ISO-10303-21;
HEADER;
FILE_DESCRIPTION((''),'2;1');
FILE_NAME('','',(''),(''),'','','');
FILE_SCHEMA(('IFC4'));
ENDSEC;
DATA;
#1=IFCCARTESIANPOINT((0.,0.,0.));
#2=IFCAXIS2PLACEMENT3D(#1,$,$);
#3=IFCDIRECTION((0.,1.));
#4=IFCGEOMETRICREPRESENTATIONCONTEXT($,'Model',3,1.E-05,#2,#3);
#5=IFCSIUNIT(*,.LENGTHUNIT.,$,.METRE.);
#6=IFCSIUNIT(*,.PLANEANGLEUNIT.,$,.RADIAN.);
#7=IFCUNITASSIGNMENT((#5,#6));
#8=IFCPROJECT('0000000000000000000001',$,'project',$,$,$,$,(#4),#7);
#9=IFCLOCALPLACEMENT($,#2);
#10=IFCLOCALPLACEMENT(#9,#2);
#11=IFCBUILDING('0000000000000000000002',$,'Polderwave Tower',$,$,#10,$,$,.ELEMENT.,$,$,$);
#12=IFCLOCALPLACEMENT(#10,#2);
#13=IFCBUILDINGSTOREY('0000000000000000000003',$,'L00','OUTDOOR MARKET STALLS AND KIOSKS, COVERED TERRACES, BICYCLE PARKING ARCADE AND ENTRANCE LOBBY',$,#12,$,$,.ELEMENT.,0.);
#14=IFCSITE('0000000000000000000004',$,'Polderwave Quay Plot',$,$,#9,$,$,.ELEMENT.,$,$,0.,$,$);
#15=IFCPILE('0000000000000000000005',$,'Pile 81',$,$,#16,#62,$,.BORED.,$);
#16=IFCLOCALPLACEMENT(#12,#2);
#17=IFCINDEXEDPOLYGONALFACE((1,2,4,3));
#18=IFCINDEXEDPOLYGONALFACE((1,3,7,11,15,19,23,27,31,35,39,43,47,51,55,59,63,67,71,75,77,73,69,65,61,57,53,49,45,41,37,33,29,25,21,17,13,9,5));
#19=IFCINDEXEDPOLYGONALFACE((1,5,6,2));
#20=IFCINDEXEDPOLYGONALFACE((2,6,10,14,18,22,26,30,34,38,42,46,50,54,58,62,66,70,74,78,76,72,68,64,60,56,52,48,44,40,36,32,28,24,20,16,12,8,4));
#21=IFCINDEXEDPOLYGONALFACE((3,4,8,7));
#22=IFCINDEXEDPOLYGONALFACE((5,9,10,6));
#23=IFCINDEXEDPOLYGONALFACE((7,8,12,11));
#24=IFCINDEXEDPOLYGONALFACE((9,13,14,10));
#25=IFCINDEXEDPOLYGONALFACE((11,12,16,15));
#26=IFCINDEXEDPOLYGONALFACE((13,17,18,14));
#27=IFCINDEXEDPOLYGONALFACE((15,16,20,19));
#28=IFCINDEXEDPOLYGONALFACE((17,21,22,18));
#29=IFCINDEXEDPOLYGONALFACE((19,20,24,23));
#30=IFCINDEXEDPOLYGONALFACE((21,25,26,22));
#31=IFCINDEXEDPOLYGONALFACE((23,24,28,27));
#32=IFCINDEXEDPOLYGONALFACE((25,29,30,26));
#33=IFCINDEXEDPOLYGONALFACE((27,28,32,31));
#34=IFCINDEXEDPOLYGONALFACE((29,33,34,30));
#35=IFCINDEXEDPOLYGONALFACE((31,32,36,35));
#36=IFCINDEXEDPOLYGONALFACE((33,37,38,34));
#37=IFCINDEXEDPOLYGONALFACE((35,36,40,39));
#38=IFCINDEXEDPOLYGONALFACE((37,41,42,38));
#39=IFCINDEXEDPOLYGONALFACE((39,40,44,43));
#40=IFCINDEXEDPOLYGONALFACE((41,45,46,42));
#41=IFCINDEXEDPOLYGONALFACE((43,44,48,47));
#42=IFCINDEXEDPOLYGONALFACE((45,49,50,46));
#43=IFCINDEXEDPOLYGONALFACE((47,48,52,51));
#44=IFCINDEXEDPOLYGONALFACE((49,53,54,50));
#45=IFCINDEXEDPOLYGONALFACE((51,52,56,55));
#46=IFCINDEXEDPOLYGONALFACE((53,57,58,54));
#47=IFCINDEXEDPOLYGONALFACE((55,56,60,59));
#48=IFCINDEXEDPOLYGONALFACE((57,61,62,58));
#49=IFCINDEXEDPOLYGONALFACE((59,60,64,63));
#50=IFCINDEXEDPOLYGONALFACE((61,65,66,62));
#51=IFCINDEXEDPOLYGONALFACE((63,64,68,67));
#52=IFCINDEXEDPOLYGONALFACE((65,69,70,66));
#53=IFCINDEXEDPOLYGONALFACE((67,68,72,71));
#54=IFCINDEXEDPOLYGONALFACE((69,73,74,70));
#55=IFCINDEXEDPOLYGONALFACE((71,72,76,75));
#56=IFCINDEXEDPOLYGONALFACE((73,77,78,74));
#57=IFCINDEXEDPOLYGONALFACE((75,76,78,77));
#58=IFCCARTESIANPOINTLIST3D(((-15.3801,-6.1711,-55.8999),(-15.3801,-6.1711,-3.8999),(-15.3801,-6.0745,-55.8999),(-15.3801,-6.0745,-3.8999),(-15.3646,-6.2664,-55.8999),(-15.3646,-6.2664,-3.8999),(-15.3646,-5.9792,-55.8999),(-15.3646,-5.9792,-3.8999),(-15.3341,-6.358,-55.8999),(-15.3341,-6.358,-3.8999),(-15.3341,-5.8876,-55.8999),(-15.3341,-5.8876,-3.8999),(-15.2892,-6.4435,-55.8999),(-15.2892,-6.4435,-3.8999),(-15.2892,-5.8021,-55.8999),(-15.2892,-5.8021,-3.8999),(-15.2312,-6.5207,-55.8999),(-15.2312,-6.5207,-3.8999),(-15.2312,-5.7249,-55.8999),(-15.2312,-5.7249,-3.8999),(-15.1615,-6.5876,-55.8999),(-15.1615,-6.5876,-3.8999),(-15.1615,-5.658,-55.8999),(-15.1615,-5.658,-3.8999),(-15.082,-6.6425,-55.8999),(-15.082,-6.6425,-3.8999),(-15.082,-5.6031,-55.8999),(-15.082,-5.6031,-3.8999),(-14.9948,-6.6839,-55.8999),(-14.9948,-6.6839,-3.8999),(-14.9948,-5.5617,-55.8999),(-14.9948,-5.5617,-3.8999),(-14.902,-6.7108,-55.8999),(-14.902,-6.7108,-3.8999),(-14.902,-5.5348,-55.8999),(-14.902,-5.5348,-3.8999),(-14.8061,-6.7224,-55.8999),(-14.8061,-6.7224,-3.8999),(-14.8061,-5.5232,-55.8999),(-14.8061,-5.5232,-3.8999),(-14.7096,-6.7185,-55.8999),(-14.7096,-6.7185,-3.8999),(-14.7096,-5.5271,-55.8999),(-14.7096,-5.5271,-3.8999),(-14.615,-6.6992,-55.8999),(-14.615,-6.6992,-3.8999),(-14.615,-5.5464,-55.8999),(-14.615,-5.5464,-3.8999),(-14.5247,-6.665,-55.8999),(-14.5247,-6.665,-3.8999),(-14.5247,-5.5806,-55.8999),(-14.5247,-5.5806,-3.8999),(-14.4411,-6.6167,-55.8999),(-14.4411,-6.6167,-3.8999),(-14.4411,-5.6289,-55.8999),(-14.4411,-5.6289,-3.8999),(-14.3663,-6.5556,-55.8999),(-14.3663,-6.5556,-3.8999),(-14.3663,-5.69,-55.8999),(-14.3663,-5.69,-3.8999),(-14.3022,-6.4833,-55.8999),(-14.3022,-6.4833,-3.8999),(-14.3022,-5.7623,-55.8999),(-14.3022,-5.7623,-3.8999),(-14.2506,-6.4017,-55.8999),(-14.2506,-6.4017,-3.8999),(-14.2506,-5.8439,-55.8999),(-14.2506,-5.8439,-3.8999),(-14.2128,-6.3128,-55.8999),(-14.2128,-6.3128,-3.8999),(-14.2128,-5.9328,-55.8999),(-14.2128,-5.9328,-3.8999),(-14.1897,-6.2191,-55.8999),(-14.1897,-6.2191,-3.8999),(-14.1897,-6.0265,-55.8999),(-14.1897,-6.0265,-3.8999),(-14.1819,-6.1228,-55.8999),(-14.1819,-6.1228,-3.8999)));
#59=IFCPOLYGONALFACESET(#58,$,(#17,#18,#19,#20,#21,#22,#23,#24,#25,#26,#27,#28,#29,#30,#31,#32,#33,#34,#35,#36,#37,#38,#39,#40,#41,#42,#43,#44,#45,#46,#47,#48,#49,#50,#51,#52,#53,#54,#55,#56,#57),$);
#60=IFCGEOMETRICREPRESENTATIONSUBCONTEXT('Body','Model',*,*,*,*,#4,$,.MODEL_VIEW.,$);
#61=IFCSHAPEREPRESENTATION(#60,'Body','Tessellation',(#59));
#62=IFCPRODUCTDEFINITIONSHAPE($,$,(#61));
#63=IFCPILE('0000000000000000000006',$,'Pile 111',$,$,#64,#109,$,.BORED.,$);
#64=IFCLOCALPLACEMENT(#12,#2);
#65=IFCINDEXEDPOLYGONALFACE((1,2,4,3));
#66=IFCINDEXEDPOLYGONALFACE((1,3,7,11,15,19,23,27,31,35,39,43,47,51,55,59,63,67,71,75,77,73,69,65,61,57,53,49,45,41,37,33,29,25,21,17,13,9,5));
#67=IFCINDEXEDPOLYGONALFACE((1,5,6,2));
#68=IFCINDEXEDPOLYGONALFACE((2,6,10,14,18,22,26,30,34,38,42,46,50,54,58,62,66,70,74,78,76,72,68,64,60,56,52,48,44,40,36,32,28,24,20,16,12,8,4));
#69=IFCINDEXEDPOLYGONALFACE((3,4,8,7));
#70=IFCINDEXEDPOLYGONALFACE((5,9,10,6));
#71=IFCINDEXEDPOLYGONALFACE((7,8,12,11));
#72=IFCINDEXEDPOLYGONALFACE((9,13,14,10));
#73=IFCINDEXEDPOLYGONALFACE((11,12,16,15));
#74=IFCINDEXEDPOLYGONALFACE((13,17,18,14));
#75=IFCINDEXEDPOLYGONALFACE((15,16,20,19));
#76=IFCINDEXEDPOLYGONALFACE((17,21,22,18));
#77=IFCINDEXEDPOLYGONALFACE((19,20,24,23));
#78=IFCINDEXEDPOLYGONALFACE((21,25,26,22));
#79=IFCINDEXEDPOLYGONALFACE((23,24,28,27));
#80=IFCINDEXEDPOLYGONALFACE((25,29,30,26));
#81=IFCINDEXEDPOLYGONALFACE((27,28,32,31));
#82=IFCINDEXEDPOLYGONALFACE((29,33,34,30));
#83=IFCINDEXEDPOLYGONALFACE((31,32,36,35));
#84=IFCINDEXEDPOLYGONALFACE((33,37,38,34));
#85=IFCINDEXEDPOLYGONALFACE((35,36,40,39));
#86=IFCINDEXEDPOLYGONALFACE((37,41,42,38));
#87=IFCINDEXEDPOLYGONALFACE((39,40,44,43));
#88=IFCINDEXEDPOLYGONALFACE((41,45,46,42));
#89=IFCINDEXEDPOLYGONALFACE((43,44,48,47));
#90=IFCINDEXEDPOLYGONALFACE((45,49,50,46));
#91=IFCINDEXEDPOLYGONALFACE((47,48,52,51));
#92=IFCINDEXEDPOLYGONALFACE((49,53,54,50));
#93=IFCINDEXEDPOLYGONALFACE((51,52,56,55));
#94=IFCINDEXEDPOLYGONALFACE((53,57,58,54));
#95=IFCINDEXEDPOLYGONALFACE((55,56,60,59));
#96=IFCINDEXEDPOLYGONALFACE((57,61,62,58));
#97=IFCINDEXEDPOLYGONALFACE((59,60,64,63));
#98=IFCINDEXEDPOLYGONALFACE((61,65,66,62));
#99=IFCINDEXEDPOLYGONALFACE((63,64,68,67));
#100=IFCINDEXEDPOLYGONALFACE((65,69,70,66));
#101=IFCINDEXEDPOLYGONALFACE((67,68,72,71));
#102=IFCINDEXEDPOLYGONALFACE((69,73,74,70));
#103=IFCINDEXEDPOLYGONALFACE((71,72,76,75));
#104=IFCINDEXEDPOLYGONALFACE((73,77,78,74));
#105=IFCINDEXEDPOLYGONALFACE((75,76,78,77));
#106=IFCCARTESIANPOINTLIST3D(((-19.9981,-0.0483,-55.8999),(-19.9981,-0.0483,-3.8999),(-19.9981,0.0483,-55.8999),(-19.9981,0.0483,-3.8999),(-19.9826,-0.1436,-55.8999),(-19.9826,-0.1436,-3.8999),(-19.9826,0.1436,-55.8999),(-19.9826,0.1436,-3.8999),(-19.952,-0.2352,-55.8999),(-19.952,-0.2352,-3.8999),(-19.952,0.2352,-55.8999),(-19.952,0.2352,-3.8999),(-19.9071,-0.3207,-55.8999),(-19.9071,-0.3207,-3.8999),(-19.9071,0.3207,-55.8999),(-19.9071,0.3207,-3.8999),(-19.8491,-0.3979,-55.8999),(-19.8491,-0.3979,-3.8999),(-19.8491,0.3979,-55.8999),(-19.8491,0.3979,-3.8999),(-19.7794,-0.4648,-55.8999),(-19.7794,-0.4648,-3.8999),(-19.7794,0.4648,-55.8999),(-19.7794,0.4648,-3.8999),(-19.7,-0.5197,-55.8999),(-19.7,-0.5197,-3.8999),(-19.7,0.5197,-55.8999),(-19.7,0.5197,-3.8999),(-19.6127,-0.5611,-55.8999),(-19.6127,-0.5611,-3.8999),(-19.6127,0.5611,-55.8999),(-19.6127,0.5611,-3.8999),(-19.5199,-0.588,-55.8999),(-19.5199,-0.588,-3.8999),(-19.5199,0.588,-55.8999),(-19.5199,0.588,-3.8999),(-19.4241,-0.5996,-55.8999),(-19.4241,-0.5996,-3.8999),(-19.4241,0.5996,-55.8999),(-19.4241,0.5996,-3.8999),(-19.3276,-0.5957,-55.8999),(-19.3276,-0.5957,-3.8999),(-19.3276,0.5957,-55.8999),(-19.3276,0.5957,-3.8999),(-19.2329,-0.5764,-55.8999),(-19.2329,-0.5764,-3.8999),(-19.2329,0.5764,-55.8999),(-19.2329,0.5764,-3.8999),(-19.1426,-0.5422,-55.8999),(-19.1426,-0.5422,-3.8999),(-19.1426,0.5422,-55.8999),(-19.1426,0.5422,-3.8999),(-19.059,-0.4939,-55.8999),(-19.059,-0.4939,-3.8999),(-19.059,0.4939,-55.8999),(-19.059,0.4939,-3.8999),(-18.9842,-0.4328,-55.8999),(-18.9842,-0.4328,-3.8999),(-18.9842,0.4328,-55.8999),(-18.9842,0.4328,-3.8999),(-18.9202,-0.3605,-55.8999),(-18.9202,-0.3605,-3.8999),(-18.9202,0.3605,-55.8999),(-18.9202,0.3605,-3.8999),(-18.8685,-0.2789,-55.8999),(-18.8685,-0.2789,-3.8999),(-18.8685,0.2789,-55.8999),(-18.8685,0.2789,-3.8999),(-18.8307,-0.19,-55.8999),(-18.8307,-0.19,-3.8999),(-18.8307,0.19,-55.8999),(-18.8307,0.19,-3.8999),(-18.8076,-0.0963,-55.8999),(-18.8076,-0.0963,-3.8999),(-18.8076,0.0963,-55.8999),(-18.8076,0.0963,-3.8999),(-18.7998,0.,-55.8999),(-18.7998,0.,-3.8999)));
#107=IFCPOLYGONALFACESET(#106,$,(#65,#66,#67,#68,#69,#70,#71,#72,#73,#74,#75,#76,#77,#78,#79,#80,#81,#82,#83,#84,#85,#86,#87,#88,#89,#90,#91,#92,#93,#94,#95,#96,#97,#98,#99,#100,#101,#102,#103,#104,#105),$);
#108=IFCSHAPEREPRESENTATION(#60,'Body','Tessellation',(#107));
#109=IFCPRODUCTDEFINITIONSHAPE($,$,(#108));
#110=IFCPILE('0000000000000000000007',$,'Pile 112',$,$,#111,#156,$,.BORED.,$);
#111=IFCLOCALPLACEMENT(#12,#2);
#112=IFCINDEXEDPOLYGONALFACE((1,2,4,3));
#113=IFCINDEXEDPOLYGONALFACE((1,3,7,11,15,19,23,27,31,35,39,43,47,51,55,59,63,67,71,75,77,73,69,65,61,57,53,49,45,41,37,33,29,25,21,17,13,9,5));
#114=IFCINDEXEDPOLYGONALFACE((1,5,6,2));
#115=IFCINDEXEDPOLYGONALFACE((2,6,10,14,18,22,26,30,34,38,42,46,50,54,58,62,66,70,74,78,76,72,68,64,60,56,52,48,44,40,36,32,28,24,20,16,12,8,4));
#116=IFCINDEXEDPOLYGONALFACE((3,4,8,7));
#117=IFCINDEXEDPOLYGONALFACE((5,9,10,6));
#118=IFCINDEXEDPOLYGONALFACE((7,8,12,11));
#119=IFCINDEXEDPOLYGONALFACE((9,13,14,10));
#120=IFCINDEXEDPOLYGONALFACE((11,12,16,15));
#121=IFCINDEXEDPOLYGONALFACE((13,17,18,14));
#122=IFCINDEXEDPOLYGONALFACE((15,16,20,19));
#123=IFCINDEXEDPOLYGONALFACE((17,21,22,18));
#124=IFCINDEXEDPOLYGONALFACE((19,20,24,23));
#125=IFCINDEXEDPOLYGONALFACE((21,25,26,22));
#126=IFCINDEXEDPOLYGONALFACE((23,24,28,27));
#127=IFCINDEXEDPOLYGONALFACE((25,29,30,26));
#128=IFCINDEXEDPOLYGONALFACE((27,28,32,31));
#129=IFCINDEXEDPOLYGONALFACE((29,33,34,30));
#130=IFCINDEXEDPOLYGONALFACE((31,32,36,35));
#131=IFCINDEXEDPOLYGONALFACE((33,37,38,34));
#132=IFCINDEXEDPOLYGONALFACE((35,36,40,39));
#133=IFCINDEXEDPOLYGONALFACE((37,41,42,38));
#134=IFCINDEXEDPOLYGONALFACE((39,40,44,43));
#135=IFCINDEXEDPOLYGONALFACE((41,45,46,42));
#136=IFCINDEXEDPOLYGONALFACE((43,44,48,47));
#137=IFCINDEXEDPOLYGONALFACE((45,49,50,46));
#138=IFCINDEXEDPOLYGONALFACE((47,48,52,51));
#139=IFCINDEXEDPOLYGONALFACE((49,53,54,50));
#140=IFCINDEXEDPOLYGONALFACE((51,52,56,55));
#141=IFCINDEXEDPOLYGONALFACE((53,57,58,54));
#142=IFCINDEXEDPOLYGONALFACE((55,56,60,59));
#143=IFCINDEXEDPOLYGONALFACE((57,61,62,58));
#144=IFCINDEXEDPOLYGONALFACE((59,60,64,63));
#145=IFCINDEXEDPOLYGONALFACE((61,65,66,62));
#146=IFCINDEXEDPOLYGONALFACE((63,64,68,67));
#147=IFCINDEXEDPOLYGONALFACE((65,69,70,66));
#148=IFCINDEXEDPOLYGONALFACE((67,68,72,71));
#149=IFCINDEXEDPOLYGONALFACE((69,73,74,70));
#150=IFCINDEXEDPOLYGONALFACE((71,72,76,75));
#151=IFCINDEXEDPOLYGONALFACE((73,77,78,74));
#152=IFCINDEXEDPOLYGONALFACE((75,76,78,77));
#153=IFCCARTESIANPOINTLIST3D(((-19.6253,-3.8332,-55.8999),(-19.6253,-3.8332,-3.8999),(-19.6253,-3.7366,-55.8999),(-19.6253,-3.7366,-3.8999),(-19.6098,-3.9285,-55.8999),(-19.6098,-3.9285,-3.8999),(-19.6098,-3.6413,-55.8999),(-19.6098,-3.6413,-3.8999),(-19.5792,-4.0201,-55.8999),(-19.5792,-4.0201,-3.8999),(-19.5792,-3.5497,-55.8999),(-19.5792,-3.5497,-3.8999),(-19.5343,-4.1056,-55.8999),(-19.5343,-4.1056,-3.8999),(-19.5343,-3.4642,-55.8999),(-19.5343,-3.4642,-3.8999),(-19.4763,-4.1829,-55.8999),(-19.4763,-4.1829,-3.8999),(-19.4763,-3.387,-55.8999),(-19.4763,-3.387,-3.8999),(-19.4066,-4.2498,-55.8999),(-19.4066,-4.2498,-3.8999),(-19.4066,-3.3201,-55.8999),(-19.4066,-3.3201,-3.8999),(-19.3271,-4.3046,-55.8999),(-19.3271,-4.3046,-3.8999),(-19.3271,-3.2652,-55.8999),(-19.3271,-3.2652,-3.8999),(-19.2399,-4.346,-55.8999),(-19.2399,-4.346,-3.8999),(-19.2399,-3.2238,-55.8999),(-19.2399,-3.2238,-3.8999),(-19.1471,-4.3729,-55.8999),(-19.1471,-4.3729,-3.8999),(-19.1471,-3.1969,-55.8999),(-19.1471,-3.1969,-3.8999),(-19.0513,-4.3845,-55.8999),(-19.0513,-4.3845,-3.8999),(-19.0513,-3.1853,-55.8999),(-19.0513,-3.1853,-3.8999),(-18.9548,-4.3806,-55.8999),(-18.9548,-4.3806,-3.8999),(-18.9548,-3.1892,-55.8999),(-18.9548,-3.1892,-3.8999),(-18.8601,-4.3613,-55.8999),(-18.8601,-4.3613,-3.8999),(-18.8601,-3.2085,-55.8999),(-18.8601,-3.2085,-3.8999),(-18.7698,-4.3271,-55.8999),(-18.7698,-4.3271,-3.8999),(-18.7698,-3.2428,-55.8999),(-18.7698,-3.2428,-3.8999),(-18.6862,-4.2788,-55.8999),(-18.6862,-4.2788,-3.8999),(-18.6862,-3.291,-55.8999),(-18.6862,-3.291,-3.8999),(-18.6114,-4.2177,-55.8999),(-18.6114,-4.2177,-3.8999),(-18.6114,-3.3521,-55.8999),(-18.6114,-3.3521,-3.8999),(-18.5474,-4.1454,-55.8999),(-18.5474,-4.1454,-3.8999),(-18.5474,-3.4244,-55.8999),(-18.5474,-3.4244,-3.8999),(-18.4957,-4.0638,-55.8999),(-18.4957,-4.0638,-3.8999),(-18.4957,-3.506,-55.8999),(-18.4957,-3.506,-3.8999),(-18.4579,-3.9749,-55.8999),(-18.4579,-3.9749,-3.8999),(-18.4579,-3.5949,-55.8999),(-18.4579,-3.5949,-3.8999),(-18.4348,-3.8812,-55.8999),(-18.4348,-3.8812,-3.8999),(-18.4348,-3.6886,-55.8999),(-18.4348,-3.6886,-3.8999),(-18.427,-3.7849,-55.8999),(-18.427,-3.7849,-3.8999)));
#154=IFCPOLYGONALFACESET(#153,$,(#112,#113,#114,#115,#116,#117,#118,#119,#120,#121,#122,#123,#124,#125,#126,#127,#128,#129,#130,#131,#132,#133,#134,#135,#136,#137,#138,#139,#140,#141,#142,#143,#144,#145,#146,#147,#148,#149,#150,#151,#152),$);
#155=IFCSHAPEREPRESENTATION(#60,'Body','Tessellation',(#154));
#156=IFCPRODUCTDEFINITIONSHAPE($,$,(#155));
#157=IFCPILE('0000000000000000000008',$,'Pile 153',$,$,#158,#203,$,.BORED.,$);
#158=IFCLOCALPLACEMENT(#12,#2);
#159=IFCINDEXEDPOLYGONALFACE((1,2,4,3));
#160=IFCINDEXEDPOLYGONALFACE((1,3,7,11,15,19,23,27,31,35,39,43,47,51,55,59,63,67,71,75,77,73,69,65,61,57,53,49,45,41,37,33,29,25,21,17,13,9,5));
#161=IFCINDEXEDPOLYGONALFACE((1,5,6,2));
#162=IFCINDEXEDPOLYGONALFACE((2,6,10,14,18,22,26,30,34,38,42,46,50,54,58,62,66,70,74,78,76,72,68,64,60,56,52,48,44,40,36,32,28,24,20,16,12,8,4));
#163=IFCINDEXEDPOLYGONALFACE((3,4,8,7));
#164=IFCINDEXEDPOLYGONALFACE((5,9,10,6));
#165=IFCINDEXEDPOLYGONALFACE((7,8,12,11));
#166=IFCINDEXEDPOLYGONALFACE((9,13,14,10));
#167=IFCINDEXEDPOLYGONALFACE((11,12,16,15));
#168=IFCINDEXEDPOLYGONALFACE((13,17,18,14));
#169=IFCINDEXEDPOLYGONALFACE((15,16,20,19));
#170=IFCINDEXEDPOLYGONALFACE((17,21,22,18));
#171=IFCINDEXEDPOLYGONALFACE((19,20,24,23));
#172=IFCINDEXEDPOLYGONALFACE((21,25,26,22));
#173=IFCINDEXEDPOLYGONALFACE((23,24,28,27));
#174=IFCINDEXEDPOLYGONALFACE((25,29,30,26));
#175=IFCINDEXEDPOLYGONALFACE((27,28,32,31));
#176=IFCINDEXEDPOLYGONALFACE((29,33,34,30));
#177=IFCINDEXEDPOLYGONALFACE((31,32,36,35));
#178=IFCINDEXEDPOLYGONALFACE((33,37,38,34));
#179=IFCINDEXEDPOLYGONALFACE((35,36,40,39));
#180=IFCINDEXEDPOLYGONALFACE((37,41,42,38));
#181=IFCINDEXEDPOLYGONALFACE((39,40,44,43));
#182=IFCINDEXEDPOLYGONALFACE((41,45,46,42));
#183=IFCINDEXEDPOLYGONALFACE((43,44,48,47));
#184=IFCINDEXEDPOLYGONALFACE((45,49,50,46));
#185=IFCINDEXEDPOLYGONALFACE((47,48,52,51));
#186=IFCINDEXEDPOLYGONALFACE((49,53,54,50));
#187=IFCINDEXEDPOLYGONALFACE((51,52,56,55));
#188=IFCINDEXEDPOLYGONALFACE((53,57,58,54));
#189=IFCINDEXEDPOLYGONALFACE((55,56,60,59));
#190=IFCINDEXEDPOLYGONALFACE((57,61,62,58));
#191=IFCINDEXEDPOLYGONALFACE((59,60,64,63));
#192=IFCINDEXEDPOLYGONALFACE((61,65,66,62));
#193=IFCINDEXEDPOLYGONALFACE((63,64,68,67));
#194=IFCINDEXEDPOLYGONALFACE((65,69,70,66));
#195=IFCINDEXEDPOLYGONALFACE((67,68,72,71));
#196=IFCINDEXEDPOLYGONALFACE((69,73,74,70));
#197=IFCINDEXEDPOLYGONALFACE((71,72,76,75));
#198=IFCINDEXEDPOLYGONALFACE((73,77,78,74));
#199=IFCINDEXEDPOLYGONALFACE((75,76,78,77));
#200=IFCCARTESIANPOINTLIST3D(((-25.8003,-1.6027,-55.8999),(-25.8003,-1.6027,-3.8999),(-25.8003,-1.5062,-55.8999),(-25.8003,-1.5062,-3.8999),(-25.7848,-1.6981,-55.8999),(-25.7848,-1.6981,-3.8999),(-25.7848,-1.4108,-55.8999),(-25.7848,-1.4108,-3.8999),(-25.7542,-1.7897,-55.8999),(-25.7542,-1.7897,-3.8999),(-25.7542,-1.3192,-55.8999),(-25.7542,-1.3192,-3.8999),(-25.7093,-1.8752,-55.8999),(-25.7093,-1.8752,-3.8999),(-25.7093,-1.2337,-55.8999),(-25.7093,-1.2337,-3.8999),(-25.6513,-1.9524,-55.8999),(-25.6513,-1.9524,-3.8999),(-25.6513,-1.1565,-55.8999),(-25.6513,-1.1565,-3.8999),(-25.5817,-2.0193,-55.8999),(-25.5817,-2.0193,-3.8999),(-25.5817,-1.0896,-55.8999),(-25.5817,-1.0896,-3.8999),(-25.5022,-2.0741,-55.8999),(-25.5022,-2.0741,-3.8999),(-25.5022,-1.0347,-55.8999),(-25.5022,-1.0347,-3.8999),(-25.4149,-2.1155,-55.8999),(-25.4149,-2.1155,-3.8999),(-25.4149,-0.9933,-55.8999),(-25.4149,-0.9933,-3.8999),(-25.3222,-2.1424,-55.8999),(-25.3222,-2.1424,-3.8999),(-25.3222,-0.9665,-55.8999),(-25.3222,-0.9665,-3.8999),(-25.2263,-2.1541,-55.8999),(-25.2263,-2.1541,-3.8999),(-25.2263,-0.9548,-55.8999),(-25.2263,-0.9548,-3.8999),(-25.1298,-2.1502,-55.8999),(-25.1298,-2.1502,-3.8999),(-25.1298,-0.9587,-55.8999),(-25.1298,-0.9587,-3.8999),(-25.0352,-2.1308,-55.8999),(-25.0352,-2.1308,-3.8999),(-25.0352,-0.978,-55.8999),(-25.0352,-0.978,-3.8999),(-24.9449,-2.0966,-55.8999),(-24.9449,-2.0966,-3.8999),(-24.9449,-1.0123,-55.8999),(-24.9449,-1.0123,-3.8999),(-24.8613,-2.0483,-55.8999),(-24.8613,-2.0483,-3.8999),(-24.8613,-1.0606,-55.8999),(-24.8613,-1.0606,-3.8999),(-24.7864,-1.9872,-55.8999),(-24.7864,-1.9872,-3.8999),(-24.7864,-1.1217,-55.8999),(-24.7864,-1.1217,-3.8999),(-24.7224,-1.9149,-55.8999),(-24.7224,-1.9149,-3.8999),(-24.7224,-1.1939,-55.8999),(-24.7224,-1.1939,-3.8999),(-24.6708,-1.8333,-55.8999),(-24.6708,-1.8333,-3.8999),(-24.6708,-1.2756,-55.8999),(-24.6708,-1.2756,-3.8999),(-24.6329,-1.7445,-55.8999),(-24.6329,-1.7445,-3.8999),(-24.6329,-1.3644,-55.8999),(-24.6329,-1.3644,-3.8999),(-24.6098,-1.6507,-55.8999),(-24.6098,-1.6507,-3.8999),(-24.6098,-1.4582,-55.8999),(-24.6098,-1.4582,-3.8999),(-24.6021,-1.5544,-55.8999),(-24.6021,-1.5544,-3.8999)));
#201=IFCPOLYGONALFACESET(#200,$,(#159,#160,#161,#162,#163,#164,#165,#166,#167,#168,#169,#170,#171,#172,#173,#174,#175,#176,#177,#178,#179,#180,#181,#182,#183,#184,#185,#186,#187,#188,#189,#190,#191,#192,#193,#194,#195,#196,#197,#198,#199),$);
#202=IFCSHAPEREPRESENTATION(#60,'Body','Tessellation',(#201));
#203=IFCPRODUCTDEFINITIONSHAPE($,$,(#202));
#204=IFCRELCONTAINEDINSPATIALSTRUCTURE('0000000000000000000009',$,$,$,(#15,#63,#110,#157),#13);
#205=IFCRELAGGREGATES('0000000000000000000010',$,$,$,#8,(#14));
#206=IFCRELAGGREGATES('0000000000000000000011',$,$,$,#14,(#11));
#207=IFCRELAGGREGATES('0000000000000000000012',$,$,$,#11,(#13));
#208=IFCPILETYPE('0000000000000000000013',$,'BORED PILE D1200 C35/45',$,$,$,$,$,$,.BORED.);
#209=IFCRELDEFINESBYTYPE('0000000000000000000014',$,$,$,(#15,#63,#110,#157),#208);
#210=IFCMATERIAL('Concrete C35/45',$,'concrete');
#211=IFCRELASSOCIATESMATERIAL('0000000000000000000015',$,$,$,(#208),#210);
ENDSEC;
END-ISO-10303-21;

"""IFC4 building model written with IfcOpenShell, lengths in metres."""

from ifc_helpers import new_model, si_unit, direction, frame, origin, origin_2d, place, context, subcontext, project, spatial, circle, extrude, material, material_profile, profile_set, type_object, element, save


model = new_model("IFC4")

# Units and contexts
model_context = context("Model", 3, precision=1e-05, world=origin(), true_north=direction((0.0, 1.0)))
body_context = subcontext(model_context, "Body", "Model", "MODEL_VIEW")
ifc_project = project(units=[si_unit("LENGTHUNIT", "METRE"), si_unit("PLANEANGLEUNIT", "RADIAN")], contexts=[model_context])

# Site, building, storey
site_placement = place(None, origin())
site = spatial("IfcSite", under=ifc_project, at=site_placement, Name="Polderwave Quay Plot", CompositionType="ELEMENT", RefElevation=0.0)
building_placement = place(site_placement, origin())
building = spatial("IfcBuilding", under=site, at=building_placement, Name="Polderwave Tower", CompositionType="ELEMENT")
storey_placement = place(building_placement, origin())
storey = spatial("IfcBuildingStorey", under=building, at=storey_placement, Name="L00", Description="OUTDOOR MARKET STALLS AND KIOSKS, COVERED TERRACES, BICYCLE PARKING ARCADE AND ENTRANCE LOBBY", CompositionType="ELEMENT", Elevation=0.0)

# Piles
ifc_material_1 = material(Name="Concrete C35/45", Category="concrete")
ifc_material_profile_1 = material_profile(ifc_material_1, circle(Radius=0.6001, at=origin_2d()), Name="BORED D1200")
ifc_profile_set_1 = profile_set([ifc_material_profile_1], Name="Concrete C35/45")
pile_type = type_object("IfcPileType", Name="BORED PILE D1200 C35/45", PredefinedType="BORED", material=ifc_profile_set_1)
for number, where, z_axis, x_axis, name in (
    (1, (-14.782, -6.1228, -3.8999), (0.0, 0.0, -1.0), (1.0, 0.0, 0.0), "Pile 81"),
    (2, (-19.3999, 0.0, -3.8999), (0.0, 0.0, -1.0), (1.0, 0.0, 0.0), "Pile 111"),
    (3, (-19.0271, -3.7849, -3.8999), (0.0, 0.0, -1.0), (1.0, 0.0, 0.0), "Pile 112"),
    (4, (-25.2021, -1.5544, -3.8999), (0.0, 0.0, -1.0), (1.0, 0.0, 0.0), "Pile 153"),
):
    element("IfcPile", number, at=place(storey_placement, frame(where, z_axis=z_axis, x_axis=x_axis)), inside=storey, type_object=pile_type, Name=name, PredefinedType="BORED", context=body_context, shape_type="SweptSolid", body=[
        extrude(circle(Radius=0.6001, at=origin_2d()), origin(), (0.0, 0.0, 1.0), 52.0),
    ])

save(model, "model.ifc")
